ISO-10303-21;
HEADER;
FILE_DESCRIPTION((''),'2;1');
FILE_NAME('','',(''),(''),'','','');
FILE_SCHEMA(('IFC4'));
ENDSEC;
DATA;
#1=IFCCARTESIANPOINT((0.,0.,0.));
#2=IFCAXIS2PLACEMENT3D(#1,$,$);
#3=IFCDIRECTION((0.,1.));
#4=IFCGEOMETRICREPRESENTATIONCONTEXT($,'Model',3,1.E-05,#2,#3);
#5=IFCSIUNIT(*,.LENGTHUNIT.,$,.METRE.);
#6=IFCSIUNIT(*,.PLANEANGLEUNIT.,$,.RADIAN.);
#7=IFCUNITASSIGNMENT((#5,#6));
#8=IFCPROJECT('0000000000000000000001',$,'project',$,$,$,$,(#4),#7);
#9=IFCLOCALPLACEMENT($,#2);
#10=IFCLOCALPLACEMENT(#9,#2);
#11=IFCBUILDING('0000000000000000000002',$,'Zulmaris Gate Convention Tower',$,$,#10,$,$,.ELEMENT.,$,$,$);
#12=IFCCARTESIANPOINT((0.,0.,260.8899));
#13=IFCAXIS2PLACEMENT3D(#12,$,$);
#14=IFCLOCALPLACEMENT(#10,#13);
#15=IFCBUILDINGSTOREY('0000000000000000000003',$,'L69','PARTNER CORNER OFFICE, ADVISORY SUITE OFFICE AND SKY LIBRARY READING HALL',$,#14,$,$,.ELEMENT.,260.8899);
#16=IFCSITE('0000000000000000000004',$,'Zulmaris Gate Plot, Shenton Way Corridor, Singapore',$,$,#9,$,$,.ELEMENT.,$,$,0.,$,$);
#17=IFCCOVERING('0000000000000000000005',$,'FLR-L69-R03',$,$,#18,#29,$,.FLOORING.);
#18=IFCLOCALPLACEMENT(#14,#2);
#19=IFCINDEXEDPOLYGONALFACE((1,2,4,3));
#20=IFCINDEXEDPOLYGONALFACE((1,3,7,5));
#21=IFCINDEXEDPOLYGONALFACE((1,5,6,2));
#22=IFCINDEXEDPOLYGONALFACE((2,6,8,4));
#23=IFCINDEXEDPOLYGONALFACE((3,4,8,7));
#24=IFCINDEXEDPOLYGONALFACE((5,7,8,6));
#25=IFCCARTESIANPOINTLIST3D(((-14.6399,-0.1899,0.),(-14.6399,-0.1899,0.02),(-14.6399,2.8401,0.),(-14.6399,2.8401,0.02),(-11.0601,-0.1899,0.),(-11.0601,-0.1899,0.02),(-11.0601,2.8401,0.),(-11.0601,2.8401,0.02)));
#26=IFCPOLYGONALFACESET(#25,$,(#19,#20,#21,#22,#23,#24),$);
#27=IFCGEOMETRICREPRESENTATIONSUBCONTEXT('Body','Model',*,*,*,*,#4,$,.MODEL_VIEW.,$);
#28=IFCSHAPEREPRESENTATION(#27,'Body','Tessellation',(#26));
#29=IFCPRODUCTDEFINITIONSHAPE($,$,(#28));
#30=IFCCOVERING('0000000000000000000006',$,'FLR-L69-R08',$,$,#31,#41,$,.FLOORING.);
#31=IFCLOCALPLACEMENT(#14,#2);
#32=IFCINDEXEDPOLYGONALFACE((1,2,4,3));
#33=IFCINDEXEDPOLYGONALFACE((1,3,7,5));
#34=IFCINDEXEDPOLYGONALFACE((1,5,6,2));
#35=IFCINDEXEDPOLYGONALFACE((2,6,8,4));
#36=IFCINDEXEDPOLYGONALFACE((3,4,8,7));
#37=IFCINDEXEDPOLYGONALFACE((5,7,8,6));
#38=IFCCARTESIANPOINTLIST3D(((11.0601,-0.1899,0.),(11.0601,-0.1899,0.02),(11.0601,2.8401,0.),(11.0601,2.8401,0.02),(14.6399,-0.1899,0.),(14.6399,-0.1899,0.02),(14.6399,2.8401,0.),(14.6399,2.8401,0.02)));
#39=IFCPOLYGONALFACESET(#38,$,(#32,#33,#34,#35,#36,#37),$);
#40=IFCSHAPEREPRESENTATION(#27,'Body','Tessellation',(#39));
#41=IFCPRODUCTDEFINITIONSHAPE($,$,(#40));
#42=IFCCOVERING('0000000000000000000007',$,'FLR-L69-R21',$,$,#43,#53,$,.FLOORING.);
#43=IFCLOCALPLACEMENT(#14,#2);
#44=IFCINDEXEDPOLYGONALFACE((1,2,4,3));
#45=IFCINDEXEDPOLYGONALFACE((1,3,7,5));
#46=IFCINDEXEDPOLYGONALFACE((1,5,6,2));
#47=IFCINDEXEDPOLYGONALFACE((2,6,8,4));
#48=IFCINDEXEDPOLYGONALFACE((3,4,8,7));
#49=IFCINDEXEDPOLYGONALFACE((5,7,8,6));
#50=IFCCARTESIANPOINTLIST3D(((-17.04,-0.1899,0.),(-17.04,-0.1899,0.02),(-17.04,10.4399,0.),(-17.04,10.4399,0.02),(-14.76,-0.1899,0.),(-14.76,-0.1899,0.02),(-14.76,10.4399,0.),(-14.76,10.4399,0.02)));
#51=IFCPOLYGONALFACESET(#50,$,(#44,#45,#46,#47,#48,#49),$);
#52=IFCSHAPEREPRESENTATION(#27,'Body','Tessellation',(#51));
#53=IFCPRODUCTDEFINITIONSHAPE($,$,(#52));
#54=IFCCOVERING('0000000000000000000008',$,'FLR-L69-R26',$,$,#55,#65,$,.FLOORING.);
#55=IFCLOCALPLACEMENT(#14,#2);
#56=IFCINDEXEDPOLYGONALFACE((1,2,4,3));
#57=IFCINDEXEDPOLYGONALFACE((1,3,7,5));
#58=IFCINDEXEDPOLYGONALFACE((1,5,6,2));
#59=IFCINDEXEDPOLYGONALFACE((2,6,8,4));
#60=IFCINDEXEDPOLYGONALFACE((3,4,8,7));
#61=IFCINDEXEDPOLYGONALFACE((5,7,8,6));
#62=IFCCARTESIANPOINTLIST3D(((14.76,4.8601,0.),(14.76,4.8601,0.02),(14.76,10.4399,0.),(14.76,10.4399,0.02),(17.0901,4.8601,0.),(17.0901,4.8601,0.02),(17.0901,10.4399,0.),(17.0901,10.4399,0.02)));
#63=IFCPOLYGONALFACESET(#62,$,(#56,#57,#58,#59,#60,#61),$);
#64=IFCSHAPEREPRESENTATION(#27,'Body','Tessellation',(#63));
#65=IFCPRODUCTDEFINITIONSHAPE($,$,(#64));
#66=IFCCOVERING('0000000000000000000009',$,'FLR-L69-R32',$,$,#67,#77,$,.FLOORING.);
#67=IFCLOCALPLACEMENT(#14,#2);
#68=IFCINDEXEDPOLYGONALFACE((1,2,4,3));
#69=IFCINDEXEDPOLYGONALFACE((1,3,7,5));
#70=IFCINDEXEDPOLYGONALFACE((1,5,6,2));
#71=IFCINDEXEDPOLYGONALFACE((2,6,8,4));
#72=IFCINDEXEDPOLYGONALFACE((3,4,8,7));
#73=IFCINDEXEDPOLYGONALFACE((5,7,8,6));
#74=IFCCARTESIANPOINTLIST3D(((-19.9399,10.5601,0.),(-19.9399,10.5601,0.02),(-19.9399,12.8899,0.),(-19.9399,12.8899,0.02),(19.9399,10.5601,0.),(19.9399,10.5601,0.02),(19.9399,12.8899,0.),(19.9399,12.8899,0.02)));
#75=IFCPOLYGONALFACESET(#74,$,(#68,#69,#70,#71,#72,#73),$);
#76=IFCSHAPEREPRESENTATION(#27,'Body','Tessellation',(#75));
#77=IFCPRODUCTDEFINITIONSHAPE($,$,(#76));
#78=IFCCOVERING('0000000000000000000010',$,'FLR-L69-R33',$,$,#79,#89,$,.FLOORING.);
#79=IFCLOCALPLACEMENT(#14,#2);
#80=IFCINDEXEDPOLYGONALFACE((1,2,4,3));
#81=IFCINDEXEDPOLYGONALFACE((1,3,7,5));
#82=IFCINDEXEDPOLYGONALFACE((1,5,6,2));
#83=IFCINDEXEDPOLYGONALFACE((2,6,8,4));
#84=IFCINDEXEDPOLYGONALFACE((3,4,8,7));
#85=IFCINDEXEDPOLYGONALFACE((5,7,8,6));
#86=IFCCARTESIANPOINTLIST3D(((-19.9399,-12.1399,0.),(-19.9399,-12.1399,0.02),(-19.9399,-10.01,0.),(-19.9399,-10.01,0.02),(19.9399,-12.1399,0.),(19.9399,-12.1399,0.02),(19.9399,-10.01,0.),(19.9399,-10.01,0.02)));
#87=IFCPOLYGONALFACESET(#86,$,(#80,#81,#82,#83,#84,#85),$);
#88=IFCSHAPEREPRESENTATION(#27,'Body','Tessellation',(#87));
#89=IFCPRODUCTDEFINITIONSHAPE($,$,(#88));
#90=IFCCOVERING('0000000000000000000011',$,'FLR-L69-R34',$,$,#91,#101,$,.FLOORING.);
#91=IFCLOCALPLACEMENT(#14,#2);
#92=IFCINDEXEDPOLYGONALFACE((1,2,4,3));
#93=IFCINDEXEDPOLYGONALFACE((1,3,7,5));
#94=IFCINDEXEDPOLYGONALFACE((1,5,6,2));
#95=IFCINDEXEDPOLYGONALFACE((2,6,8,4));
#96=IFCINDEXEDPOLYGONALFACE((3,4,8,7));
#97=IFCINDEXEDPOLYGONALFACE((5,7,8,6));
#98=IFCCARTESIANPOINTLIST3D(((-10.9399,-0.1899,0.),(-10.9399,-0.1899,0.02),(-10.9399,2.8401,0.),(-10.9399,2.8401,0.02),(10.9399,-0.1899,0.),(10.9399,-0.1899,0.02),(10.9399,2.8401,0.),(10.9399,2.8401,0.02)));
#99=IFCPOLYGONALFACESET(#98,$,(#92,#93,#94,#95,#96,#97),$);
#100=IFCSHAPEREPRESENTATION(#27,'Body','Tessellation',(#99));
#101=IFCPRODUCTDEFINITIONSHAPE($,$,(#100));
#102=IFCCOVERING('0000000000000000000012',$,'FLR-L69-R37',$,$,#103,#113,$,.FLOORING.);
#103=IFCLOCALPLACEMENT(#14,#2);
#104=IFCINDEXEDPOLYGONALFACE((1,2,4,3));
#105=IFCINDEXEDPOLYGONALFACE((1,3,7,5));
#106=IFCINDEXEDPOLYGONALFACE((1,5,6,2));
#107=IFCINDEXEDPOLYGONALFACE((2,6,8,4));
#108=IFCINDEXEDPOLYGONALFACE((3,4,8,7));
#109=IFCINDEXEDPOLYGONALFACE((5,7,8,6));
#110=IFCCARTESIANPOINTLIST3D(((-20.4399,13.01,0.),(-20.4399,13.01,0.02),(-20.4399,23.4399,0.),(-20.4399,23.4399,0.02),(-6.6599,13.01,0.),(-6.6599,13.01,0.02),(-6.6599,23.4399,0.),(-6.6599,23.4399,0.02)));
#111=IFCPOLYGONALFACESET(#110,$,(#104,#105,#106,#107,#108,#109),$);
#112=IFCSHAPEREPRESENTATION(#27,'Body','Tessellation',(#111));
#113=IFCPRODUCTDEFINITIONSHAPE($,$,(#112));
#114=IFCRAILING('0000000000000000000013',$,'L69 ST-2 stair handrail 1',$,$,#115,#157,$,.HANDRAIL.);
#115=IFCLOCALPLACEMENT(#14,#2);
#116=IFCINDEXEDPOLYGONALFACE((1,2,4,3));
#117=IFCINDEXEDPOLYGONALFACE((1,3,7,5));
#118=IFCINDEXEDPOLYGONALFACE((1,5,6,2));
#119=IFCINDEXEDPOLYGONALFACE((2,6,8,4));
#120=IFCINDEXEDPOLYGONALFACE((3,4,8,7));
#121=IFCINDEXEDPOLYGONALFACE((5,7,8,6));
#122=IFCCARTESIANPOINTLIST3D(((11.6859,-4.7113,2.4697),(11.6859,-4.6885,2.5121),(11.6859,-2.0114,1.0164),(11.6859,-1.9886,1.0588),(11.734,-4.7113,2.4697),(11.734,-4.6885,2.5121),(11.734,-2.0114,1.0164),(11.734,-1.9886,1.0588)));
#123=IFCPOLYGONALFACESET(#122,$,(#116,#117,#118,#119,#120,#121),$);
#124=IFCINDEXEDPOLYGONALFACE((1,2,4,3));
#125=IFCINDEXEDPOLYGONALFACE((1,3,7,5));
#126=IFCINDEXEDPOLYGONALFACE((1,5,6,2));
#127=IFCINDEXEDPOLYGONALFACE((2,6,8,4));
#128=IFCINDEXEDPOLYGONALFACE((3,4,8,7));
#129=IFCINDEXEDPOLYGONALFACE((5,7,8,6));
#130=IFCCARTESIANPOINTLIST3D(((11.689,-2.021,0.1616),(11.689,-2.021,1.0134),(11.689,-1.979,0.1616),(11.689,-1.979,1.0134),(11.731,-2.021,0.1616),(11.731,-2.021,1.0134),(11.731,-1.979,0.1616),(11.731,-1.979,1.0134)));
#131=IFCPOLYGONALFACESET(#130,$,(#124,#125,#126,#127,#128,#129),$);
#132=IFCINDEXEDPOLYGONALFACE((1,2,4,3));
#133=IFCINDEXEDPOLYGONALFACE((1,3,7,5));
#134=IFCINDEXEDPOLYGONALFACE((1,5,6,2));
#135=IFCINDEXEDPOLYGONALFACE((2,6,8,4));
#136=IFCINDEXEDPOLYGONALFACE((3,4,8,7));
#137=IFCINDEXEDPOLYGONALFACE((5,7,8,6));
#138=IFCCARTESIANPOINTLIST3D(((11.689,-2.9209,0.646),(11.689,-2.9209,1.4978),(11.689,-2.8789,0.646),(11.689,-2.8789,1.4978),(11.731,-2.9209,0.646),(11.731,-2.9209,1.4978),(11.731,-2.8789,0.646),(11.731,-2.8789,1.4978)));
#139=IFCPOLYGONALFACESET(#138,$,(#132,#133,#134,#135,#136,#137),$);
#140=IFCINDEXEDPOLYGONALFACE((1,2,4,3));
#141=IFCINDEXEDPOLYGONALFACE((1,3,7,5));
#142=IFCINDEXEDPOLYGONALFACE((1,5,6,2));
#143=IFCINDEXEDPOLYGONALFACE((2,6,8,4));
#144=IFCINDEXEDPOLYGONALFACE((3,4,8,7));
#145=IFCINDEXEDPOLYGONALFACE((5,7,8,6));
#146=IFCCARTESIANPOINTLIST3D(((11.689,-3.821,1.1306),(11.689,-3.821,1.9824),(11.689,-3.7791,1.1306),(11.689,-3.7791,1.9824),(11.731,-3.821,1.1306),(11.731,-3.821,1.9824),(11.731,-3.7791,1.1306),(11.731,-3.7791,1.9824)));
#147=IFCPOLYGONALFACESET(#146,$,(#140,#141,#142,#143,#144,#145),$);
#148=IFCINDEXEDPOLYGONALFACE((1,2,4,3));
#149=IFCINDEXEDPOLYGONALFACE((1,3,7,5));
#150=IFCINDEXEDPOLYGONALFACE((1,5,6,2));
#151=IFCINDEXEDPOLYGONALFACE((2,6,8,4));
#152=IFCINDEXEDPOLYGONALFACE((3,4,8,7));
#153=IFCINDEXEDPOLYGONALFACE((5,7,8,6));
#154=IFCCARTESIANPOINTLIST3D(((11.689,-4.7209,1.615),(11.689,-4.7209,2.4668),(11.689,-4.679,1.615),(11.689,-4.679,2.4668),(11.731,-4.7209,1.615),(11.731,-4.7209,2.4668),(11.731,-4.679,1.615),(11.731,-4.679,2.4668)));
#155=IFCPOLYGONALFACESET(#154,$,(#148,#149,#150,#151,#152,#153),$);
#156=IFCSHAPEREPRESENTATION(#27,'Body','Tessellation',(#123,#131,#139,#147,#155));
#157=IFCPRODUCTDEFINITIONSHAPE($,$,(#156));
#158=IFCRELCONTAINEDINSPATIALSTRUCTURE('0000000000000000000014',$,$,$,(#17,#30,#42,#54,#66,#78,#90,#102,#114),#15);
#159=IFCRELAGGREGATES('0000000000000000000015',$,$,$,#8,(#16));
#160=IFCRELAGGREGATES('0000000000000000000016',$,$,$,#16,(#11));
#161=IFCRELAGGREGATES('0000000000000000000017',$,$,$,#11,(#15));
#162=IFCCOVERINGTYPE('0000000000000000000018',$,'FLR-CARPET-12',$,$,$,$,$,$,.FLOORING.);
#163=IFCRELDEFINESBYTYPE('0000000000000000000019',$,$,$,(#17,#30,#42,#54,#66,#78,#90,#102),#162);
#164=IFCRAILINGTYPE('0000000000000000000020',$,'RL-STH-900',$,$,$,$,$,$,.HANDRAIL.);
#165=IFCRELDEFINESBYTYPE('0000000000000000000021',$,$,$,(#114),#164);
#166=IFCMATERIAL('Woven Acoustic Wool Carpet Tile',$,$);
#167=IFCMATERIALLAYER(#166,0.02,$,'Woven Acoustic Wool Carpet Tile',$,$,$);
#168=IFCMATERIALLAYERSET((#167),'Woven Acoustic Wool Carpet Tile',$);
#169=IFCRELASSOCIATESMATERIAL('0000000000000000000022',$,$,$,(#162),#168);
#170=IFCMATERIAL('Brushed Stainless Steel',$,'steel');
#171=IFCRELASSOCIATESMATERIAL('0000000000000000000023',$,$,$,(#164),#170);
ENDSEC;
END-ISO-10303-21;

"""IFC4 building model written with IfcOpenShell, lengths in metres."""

from ifc_helpers import new_model, si_unit, direction, frame, origin, origin_2d, place, context, subcontext, project, spatial, polyline, rectangle, outline, extrude, material, layer, layer_set, type_object, element, save


model = new_model("IFC4")

# Units and contexts
model_context = context("Model", 3, precision=1e-05, world=origin(), true_north=direction((0.0, 1.0)))
body_context = subcontext(model_context, "Body", "Model", "MODEL_VIEW")
ifc_project = project(units=[si_unit("LENGTHUNIT", "METRE"), si_unit("PLANEANGLEUNIT", "RADIAN")], contexts=[model_context])

# Site, building, storey
site_placement = place(None, origin())
site = spatial("IfcSite", under=ifc_project, at=site_placement, Name="Zulmaris Gate Plot, Shenton Way Corridor, Singapore", CompositionType="ELEMENT", RefElevation=0.0)
building_placement = place(site_placement, origin())
building = spatial("IfcBuilding", under=site, at=building_placement, Name="Zulmaris Gate Convention Tower", CompositionType="ELEMENT")
storey_placement = place(building_placement, frame((0.0, 0.0, 260.8899)))
storey = spatial("IfcBuildingStorey", under=building, at=storey_placement, Name="L69", Description="PARTNER CORNER OFFICE, ADVISORY SUITE OFFICE AND SKY LIBRARY READING HALL", CompositionType="ELEMENT", Elevation=260.8899)

# Coverings
ifc_material_1 = material(Name="Woven Acoustic Wool Carpet Tile")
ifc_layer_1 = layer(ifc_material_1, 0.02, Name="Woven Acoustic Wool Carpet Tile")
ifc_layer_set_1 = layer_set([ifc_layer_1], Name="Woven Acoustic Wool Carpet Tile")
covering_type_1 = type_object("IfcCoveringType", Name="FLR-CARPET-12", PredefinedType="FLOORING", material=ifc_layer_set_1)
covering_1_placement = place(storey_placement, origin())
element("IfcCovering", 1, at=covering_1_placement, inside=storey, type_object=covering_type_1, Name="FLR-L69-R03", PredefinedType="FLOORING", context=body_context, shape_type="SweptSolid", body=[
    extrude(outline(polyline([(-14.6399, -0.1899), (-11.0601, -0.1899), (-11.0601, 2.8401), (-14.6399, 2.8401), (-14.6399, -0.1899)])), origin(), (0.0, 0.0, 1.0), 0.02),
])
covering_2_placement = place(storey_placement, origin())
element("IfcCovering", 2, at=covering_2_placement, inside=storey, type_object=covering_type_1, Name="FLR-L69-R08", PredefinedType="FLOORING", context=body_context, shape_type="SweptSolid", body=[
    extrude(outline(polyline([(11.0601, -0.1899), (14.6399, -0.1899), (14.6399, 2.8401), (11.0601, 2.8401), (11.0601, -0.1899)])), origin(), (0.0, 0.0, 1.0), 0.02),
])
covering_3_placement = place(storey_placement, origin())
element("IfcCovering", 3, at=covering_3_placement, inside=storey, type_object=covering_type_1, Name="FLR-L69-R21", PredefinedType="FLOORING", context=body_context, shape_type="SweptSolid", body=[
    extrude(outline(polyline([(-17.04, -0.1899), (-14.76, -0.1899), (-14.76, 10.4399), (-17.04, 10.4399), (-17.04, -0.1899)])), origin(), (0.0, 0.0, 1.0), 0.02),
])
covering_4_placement = place(storey_placement, origin())
element("IfcCovering", 4, at=covering_4_placement, inside=storey, type_object=covering_type_1, Name="FLR-L69-R26", PredefinedType="FLOORING", context=body_context, shape_type="SweptSolid", body=[
    extrude(outline(polyline([(14.76, 4.8601), (17.0901, 4.8601), (17.0901, 10.4399), (14.76, 10.4399), (14.76, 4.8601)])), origin(), (0.0, 0.0, 1.0), 0.02),
])
covering_5_placement = place(storey_placement, origin())
element("IfcCovering", 5, at=covering_5_placement, inside=storey, type_object=covering_type_1, Name="FLR-L69-R32", PredefinedType="FLOORING", context=body_context, shape_type="SweptSolid", body=[
    extrude(outline(polyline([(-19.9399, 10.5601), (19.9399, 10.5601), (19.9399, 12.8899), (-19.9399, 12.8899), (-19.9399, 10.5601)])), origin(), (0.0, 0.0, 1.0), 0.02),
])
covering_6_placement = place(storey_placement, origin())
element("IfcCovering", 6, at=covering_6_placement, inside=storey, type_object=covering_type_1, Name="FLR-L69-R33", PredefinedType="FLOORING", context=body_context, shape_type="SweptSolid", body=[
    extrude(outline(polyline([(-19.9399, -12.1399), (19.9399, -12.1399), (19.9399, -10.01), (-19.9399, -10.01), (-19.9399, -12.1399)])), origin(), (0.0, 0.0, 1.0), 0.02),
])
covering_7_placement = place(storey_placement, origin())
element("IfcCovering", 7, at=covering_7_placement, inside=storey, type_object=covering_type_1, Name="FLR-L69-R34", PredefinedType="FLOORING", context=body_context, shape_type="SweptSolid", body=[
    extrude(outline(polyline([(-10.9399, -0.1899), (10.9399, -0.1899), (10.9399, 2.8401), (-10.9399, 2.8401), (-10.9399, -0.1899)])), origin(), (0.0, 0.0, 1.0), 0.02),
])
covering_8_placement = place(storey_placement, origin())
element("IfcCovering", 8, at=covering_8_placement, inside=storey, type_object=covering_type_1, Name="FLR-L69-R37", PredefinedType="FLOORING", context=body_context, shape_type="SweptSolid", body=[
    extrude(outline(polyline([(-20.4399, 13.01), (-6.6599, 13.01), (-6.6599, 23.4399), (-20.4399, 23.4399), (-20.4399, 13.01)])), origin(), (0.0, 0.0, 1.0), 0.02),
])

# Railing
ifc_material_2 = material(Name="Brushed Stainless Steel", Category="steel")
railing_type = type_object("IfcRailingType", Name="RL-STH-900", PredefinedType="HANDRAIL", material=ifc_material_2)
railing_placement = place(storey_placement, frame((11.71, -2.0, 0.1616)))
element("IfcRailing", 9, at=railing_placement, inside=storey, type_object=railing_type, Name="L69 ST-2 stair handrail 1", PredefinedType="HANDRAIL", context=body_context, shape_type="SweptSolid", body=[
    extrude(rectangle(XDim=0.0481, YDim=0.0481, at=origin_2d()), frame((0.0, 0.0, 0.876), z_axis=(0.0, -0.880532, 0.473986), x_axis=(1.0, 0.0, 0.0)), (0.0, 0.0, 1.0), 3.0662),
    extrude(rectangle(XDim=0.042, YDim=0.042, at=origin_2d()), origin(), (0.0, 0.0, 1.0), 0.8518),
    extrude(rectangle(XDim=0.042, YDim=0.042, at=origin_2d()), frame((0.0, -0.8999, 0.4844)), (0.0, 0.0, 1.0), 0.8518),
    extrude(rectangle(XDim=0.042, YDim=0.042, at=origin_2d()), frame((0.0, -1.8, 0.969)), (0.0, 0.0, 1.0), 0.8518),
    extrude(rectangle(XDim=0.042, YDim=0.042, at=origin_2d()), frame((0.0, -2.7, 1.4534)), (0.0, 0.0, 1.0), 0.8518),
])

save(model, "model.ifc")
